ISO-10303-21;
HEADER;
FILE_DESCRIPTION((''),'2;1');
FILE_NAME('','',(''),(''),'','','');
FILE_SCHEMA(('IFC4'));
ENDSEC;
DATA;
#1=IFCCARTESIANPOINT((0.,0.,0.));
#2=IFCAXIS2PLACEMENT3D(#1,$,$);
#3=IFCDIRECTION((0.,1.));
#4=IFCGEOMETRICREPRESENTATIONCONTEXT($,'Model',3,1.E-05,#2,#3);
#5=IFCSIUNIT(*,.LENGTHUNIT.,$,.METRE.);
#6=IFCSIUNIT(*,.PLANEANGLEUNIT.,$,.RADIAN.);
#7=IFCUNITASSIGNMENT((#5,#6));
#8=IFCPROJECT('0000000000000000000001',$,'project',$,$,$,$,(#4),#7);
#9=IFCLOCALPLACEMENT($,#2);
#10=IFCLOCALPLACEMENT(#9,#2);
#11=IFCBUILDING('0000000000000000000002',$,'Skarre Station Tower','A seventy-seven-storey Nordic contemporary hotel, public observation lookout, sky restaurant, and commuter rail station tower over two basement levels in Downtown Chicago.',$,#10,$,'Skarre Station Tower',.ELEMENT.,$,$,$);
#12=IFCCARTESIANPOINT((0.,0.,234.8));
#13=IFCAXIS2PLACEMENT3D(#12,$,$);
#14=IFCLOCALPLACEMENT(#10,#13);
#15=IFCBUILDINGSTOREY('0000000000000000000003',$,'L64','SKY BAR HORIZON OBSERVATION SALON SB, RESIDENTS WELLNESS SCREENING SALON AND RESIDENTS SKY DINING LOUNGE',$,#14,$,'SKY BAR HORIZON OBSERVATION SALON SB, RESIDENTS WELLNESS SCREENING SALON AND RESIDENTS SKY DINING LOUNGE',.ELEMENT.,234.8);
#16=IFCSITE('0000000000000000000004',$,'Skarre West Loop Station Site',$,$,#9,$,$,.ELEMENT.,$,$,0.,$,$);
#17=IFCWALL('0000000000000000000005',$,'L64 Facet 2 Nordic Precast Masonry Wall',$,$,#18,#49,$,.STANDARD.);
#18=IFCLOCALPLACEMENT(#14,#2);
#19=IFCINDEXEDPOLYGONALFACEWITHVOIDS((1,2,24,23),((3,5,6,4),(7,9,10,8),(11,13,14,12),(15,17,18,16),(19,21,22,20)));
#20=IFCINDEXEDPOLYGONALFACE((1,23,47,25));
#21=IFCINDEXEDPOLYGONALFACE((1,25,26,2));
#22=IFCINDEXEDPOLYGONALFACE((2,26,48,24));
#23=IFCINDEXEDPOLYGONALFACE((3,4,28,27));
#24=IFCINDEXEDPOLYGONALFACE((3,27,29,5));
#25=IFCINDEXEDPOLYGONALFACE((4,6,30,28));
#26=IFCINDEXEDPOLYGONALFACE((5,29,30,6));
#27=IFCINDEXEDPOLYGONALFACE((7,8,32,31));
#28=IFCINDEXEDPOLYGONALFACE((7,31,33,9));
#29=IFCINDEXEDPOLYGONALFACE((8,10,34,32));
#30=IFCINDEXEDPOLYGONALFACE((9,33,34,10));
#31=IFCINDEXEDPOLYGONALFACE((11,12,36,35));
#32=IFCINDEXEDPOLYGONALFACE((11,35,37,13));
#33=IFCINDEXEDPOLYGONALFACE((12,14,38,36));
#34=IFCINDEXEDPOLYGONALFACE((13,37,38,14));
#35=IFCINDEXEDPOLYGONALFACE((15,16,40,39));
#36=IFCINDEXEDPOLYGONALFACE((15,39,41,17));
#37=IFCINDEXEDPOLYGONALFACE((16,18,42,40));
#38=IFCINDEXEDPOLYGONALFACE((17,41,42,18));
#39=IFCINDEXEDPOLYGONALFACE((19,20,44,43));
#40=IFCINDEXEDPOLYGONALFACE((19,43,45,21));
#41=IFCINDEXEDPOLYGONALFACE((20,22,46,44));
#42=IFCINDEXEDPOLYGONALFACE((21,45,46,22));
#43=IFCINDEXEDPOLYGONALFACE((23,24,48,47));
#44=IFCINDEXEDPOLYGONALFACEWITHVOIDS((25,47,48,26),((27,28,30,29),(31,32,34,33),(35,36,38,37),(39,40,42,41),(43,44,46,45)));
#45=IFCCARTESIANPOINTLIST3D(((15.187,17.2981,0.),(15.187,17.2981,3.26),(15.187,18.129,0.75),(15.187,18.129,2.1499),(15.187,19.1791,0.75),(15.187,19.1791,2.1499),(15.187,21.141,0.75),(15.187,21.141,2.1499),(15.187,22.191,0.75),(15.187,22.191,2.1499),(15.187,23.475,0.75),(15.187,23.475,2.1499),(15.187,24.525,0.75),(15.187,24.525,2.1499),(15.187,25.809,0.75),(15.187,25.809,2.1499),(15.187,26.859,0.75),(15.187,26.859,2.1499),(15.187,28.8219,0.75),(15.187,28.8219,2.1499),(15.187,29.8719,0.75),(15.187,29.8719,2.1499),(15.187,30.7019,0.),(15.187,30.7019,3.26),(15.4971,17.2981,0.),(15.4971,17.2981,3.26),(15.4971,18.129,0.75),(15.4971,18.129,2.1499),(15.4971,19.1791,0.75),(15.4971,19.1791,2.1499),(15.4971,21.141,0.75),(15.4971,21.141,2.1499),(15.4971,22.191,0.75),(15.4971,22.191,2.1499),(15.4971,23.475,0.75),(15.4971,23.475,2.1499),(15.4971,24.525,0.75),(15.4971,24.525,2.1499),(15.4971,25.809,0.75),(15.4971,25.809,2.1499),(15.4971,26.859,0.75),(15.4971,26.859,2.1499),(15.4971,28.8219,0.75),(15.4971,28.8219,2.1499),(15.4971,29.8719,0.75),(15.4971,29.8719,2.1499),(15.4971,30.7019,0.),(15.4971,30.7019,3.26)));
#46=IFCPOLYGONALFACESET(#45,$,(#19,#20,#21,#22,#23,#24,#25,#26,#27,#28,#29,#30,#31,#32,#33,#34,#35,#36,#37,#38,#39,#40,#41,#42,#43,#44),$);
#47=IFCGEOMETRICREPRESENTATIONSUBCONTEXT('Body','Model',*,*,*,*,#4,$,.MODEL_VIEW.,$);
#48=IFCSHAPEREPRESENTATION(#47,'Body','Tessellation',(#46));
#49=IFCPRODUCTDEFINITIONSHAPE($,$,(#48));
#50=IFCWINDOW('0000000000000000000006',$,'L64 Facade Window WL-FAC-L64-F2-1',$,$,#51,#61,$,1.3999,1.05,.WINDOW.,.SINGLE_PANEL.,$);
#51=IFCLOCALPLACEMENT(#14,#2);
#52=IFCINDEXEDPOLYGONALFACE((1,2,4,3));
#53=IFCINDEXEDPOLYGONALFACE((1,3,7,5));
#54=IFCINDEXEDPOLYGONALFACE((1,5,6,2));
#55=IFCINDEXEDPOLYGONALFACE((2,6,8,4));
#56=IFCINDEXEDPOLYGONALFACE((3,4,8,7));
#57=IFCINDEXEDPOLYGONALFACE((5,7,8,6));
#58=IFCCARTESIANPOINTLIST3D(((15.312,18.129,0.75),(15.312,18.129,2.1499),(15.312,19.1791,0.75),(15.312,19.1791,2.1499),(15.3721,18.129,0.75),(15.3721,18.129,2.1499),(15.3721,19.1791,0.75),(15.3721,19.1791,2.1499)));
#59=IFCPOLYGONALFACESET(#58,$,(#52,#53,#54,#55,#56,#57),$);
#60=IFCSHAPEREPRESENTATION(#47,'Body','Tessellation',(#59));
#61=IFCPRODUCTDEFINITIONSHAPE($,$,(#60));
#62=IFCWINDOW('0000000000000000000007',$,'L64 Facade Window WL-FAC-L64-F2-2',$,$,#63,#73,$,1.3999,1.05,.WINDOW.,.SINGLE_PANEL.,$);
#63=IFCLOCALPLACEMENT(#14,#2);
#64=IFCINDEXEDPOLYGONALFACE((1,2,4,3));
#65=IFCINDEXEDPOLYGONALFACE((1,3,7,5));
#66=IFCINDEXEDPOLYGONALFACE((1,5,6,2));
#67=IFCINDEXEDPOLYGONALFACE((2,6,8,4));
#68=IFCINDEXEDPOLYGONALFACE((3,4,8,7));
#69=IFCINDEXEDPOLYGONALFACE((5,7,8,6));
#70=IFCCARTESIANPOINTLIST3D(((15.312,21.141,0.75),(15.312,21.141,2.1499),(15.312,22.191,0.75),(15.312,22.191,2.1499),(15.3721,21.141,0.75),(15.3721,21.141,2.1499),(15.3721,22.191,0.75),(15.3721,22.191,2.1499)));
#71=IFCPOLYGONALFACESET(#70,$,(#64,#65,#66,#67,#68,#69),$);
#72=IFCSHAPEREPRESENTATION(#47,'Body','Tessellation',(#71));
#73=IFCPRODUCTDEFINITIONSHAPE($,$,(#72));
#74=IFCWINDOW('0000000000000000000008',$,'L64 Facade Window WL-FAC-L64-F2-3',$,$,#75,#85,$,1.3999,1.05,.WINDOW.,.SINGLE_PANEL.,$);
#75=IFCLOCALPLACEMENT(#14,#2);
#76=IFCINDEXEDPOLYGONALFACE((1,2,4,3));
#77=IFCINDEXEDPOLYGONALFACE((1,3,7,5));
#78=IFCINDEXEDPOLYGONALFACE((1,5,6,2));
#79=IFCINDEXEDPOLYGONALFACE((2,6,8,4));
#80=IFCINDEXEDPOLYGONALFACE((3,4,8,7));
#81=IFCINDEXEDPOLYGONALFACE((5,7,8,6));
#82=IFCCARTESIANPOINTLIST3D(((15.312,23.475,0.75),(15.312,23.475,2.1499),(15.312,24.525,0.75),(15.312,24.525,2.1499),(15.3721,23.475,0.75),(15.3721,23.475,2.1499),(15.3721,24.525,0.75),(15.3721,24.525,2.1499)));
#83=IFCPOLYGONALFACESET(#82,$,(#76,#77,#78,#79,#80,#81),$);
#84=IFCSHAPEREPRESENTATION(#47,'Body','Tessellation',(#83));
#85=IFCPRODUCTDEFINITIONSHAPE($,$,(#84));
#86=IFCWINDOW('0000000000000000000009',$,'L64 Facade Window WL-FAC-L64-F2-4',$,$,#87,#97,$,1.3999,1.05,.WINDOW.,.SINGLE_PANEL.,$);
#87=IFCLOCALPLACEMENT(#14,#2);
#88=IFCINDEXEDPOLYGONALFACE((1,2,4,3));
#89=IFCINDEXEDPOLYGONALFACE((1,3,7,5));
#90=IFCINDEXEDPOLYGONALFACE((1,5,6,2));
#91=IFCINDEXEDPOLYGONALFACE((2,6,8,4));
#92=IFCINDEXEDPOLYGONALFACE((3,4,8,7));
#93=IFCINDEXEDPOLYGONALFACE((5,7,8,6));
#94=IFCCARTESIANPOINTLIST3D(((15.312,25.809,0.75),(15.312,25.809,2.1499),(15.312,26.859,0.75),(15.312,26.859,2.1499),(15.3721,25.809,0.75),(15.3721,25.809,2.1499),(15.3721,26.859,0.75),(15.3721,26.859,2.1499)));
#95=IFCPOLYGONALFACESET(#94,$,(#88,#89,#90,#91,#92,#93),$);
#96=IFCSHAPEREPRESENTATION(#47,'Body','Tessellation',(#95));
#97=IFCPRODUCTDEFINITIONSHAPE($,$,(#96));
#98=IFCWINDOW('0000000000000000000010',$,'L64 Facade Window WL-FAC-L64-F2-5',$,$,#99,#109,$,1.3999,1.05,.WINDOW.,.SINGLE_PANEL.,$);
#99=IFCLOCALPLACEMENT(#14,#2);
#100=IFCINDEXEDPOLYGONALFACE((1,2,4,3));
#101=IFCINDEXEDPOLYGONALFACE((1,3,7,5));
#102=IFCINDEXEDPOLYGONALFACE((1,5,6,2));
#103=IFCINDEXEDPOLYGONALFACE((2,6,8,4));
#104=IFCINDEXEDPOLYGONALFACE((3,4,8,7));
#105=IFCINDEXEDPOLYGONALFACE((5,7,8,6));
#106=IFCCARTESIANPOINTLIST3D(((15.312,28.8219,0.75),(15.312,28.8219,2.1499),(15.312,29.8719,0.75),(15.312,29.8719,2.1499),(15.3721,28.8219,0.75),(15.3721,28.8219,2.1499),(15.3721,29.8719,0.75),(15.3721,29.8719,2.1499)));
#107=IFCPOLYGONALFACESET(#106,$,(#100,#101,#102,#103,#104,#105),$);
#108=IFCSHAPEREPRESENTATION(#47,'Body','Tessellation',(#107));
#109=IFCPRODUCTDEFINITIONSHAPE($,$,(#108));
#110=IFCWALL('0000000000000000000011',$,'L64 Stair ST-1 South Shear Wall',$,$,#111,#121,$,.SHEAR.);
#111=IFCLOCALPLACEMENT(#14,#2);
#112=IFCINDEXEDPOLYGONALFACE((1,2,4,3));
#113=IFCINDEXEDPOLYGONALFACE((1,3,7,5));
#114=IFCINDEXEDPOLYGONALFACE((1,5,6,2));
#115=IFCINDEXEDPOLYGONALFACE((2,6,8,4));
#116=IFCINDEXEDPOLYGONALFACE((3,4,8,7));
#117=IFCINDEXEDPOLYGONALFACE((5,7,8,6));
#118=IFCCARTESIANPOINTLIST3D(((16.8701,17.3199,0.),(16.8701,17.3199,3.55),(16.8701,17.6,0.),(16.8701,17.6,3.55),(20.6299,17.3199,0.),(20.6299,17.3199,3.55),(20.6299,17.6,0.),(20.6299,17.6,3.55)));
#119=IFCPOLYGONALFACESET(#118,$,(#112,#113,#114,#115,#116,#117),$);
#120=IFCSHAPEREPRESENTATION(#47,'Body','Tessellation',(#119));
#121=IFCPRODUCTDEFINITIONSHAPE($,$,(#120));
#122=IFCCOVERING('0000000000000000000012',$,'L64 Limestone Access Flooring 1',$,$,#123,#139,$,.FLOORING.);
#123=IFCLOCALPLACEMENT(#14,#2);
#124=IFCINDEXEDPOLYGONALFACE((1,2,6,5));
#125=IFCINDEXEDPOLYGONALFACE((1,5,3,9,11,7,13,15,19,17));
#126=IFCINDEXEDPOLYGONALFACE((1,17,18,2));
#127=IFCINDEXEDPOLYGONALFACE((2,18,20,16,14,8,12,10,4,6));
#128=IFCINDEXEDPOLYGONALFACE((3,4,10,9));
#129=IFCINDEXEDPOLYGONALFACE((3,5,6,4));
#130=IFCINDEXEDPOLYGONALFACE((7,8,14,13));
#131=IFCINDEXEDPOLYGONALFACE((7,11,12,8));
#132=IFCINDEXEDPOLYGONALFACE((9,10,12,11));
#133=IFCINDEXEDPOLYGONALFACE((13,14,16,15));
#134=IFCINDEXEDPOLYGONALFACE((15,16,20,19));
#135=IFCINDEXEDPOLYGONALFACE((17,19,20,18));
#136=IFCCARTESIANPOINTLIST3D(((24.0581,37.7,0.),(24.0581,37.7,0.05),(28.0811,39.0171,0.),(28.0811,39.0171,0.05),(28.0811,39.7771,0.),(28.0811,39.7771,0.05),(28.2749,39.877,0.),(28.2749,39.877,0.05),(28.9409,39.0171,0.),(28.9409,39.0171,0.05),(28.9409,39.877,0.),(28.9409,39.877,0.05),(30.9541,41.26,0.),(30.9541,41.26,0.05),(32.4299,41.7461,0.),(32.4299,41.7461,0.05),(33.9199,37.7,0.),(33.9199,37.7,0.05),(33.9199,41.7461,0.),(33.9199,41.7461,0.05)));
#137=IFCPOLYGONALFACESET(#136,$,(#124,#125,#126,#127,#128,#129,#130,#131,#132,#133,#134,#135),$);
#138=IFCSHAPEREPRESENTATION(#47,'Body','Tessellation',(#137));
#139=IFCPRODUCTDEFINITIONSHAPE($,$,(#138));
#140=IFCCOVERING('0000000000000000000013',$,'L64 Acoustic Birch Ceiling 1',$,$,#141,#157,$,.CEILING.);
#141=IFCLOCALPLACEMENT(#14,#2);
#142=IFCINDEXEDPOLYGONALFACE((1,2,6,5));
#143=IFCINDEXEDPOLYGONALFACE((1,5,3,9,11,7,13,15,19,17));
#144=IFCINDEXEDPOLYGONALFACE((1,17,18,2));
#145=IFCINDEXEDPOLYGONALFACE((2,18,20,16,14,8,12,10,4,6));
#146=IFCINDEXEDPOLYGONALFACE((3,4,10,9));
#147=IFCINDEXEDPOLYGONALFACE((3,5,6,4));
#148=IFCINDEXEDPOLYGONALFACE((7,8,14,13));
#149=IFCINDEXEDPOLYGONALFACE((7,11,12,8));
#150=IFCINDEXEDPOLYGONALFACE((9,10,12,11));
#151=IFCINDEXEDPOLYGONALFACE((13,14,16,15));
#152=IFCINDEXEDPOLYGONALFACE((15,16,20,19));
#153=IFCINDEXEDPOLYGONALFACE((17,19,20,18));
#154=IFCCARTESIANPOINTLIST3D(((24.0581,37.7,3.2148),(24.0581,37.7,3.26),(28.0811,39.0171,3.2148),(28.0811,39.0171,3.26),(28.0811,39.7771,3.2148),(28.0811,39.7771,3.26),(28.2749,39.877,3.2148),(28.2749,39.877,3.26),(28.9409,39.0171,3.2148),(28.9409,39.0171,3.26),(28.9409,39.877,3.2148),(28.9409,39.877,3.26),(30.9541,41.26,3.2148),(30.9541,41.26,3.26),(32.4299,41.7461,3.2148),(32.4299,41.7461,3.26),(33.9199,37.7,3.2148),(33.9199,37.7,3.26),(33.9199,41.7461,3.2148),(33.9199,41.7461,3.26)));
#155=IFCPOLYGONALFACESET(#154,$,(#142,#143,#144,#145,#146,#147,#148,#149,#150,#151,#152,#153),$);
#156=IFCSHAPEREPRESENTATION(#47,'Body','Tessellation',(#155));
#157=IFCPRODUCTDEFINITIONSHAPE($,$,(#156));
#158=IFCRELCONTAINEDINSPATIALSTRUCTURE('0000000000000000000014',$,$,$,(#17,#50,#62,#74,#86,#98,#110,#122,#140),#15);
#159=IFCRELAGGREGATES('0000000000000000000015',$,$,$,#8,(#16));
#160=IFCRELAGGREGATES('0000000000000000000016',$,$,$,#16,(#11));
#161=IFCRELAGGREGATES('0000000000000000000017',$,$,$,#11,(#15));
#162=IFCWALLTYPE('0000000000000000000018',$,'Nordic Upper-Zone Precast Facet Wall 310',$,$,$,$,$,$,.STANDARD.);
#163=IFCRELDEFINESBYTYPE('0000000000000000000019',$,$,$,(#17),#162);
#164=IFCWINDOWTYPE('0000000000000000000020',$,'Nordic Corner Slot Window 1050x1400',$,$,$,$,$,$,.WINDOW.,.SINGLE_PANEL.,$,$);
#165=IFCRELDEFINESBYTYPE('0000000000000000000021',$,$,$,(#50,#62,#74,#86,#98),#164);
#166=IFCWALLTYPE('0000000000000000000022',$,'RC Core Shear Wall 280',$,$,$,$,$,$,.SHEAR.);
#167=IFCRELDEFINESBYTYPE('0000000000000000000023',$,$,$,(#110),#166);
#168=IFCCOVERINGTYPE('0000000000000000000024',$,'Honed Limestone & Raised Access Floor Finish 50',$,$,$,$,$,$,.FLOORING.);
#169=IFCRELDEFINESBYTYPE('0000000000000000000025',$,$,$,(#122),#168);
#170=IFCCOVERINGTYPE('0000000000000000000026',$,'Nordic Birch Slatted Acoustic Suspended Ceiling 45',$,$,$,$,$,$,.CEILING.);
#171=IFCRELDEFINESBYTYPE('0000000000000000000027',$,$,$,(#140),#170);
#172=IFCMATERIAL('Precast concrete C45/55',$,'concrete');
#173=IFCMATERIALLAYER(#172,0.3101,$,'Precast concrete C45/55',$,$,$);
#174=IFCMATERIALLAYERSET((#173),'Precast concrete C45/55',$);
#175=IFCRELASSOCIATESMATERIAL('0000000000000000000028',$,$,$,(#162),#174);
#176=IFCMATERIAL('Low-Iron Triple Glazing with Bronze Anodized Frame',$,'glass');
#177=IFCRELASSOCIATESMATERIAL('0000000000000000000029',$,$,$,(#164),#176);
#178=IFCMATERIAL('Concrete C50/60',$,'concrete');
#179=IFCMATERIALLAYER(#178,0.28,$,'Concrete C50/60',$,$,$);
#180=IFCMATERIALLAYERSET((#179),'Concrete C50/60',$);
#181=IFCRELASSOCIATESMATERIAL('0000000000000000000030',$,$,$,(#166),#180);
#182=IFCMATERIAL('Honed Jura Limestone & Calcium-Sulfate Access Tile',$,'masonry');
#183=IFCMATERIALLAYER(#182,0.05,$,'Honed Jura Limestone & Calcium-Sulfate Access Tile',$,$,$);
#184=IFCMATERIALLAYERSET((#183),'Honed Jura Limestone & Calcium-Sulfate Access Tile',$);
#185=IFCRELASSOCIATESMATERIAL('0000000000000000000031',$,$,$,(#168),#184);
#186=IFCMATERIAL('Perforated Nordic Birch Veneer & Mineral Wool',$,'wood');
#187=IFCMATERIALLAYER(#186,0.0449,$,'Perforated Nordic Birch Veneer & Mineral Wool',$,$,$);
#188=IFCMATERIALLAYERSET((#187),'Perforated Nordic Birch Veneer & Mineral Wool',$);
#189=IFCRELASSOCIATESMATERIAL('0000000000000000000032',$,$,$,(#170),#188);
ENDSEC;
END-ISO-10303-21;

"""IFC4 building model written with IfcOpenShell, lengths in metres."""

from ifc_helpers import new_model, si_unit, direction, frame, frame_2d, origin, place, context, subcontext, project, spatial, polyline, rectangle, outline, extrude, material, layer, layer_set, type_object, element, fill, save


model = new_model("IFC4")

# Units and contexts
model_context = context("Model", 3, precision=1e-05, world=origin(), true_north=direction((0.0, 1.0)))
body_context = subcontext(model_context, "Body", "Model", "MODEL_VIEW")
ifc_project = project(units=[si_unit("LENGTHUNIT", "METRE"), si_unit("PLANEANGLEUNIT", "RADIAN")], contexts=[model_context])

# Site, building, storey
site_placement = place(None, origin())
site = spatial("IfcSite", under=ifc_project, at=site_placement, Name="Skarre West Loop Station Site", CompositionType="ELEMENT", RefElevation=0.0)
building_placement = place(site_placement, origin())
building = spatial("IfcBuilding", under=site, at=building_placement, Name="Skarre Station Tower", Description="A seventy-seven-storey Nordic contemporary hotel, public observation lookout, sky restaurant, and commuter rail station tower over two basement levels in Downtown Chicago.", LongName="Skarre Station Tower", CompositionType="ELEMENT")
storey_placement = place(building_placement, frame((0.0, 0.0, 234.8)))
storey = spatial("IfcBuildingStorey", under=building, at=storey_placement, Name="L64", Description="SKY BAR HORIZON OBSERVATION SALON SB, RESIDENTS WELLNESS SCREENING SALON AND RESIDENTS SKY DINING LOUNGE", LongName="SKY BAR HORIZON OBSERVATION SALON SB, RESIDENTS WELLNESS SCREENING SALON AND RESIDENTS SKY DINING LOUNGE", CompositionType="ELEMENT", Elevation=234.8)

# Shared definitions
ifc_material_1 = material(Name="Concrete C50/60", Category="concrete")

# Shared definitions
ifc_material_2 = material(Name="Precast concrete C45/55", Category="concrete")

# Wall, openings, windows
ifc_layer_1 = layer(ifc_material_2, 0.3101, Name="Precast concrete C45/55")
ifc_layer_set_1 = layer_set([ifc_layer_1], Name="Precast concrete C45/55")
wall_type_1 = type_object("IfcWallType", Name="Nordic Upper-Zone Precast Facet Wall 310", PredefinedType="STANDARD", material=ifc_layer_set_1)
wall_1_placement = place(storey_placement, frame((15.342, 17.2981, 0.0), z_axis=(0.0, 0.0, 1.0), x_axis=(0.0, 1.0, 0.0)))
wall_1 = element("IfcWall", 1, at=wall_1_placement, inside=storey, type_object=wall_type_1, Name="L64 Facet 2 Nordic Precast Masonry Wall", PredefinedType="STANDARD", context=body_context, shape_type="SweptSolid", body=[
    extrude(rectangle(XDim=13.4038, YDim=0.3101, at=frame_2d((6.7019, 0.0))), origin(), (0.0, 0.0, 1.0), 3.26),
])
opening_1_placement = place(wall_1_placement, frame((0.8311, 0.0, 0.75)))
opening_1 = element("IfcOpeningElement", 2, at=opening_1_placement, cuts=wall_1, PredefinedType="OPENING", context=body_context, shape_type="SweptSolid", body=[
    extrude(rectangle(XDim=1.05, YDim=1.3999, at=frame_2d((0.5249, 0.7))), frame((0.0, 0.165, 0.0), z_axis=(0.0, -1.0, 0.0), x_axis=(1.0, 0.0, 0.0)), (0.0, 0.0, 1.0), 0.3301),
])
opening_2_placement = place(wall_1_placement, frame((3.843, 0.0, 0.75)))
opening_2 = element("IfcOpeningElement", 3, at=opening_2_placement, cuts=wall_1, PredefinedType="OPENING", context=body_context, shape_type="SweptSolid", body=[
    extrude(rectangle(XDim=1.05, YDim=1.3999, at=frame_2d((0.5249, 0.7))), frame((0.0, 0.165, 0.0), z_axis=(0.0, -1.0, 0.0), x_axis=(1.0, 0.0, 0.0)), (0.0, 0.0, 1.0), 0.3301),
])
opening_3_placement = place(wall_1_placement, frame((6.177, 0.0, 0.75)))
opening_3 = element("IfcOpeningElement", 4, at=opening_3_placement, cuts=wall_1, PredefinedType="OPENING", context=body_context, shape_type="SweptSolid", body=[
    extrude(rectangle(XDim=1.05, YDim=1.3999, at=frame_2d((0.5249, 0.7))), frame((0.0, 0.165, 0.0), z_axis=(0.0, -1.0, 0.0), x_axis=(1.0, 0.0, 0.0)), (0.0, 0.0, 1.0), 0.3301),
])
opening_4_placement = place(wall_1_placement, frame((8.511, 0.0, 0.75)))
opening_4 = element("IfcOpeningElement", 5, at=opening_4_placement, cuts=wall_1, PredefinedType="OPENING", context=body_context, shape_type="SweptSolid", body=[
    extrude(rectangle(XDim=1.05, YDim=1.3999, at=frame_2d((0.5249, 0.7))), frame((0.0, 0.165, 0.0), z_axis=(0.0, -1.0, 0.0), x_axis=(1.0, 0.0, 0.0)), (0.0, 0.0, 1.0), 0.3301),
])
opening_5_placement = place(wall_1_placement, frame((11.5239, 0.0, 0.75)))
opening_5 = element("IfcOpeningElement", 6, at=opening_5_placement, cuts=wall_1, PredefinedType="OPENING", context=body_context, shape_type="SweptSolid", body=[
    extrude(rectangle(XDim=1.05, YDim=1.3999, at=frame_2d((0.5249, 0.7))), frame((0.0, 0.165, 0.0), z_axis=(0.0, -1.0, 0.0), x_axis=(1.0, 0.0, 0.0)), (0.0, 0.0, 1.0), 0.3301),
])
ifc_material_3 = material(Name="Low-Iron Triple Glazing with Bronze Anodized Frame", Category="glass")
window_type = type_object("IfcWindowType", Name="Nordic Corner Slot Window 1050x1400", PartitioningType="SINGLE_PANEL", PredefinedType="WINDOW", material=ifc_material_3)
window_1_placement = place(opening_1_placement, origin())
window_1 = element("IfcWindow", 7, at=window_1_placement, inside=storey, type_object=window_type, Name="L64 Facade Window WL-FAC-L64-F2-1", OverallHeight=1.3999, OverallWidth=1.05, PartitioningType="SINGLE_PANEL", PredefinedType="WINDOW", context=body_context, shape_type="SweptSolid", body=[
    extrude(rectangle(XDim=1.05, YDim=1.3999, at=frame_2d((0.5249, 0.7))), frame((0.0, 0.03, 0.0), z_axis=(0.0, -1.0, 0.0), x_axis=(1.0, 0.0, 0.0)), (0.0, 0.0, 1.0), 0.0601),
])
fill(opening_1, window_1)
window_2_placement = place(opening_2_placement, origin())
window_2 = element("IfcWindow", 8, at=window_2_placement, inside=storey, type_object=window_type, Name="L64 Facade Window WL-FAC-L64-F2-2", OverallHeight=1.3999, OverallWidth=1.05, PartitioningType="SINGLE_PANEL", PredefinedType="WINDOW", context=body_context, shape_type="SweptSolid", body=[
    extrude(rectangle(XDim=1.05, YDim=1.3999, at=frame_2d((0.5249, 0.7))), frame((0.0, 0.03, 0.0), z_axis=(0.0, -1.0, 0.0), x_axis=(1.0, 0.0, 0.0)), (0.0, 0.0, 1.0), 0.0601),
])
fill(opening_2, window_2)
window_3_placement = place(opening_3_placement, origin())
window_3 = element("IfcWindow", 9, at=window_3_placement, inside=storey, type_object=window_type, Name="L64 Facade Window WL-FAC-L64-F2-3", OverallHeight=1.3999, OverallWidth=1.05, PartitioningType="SINGLE_PANEL", PredefinedType="WINDOW", context=body_context, shape_type="SweptSolid", body=[
    extrude(rectangle(XDim=1.05, YDim=1.3999, at=frame_2d((0.5249, 0.7))), frame((0.0, 0.03, 0.0), z_axis=(0.0, -1.0, 0.0), x_axis=(1.0, 0.0, 0.0)), (0.0, 0.0, 1.0), 0.0601),
])
fill(opening_3, window_3)
window_4_placement = place(opening_4_placement, origin())
window_4 = element("IfcWindow", 10, at=window_4_placement, inside=storey, type_object=window_type, Name="L64 Facade Window WL-FAC-L64-F2-4", OverallHeight=1.3999, OverallWidth=1.05, PartitioningType="SINGLE_PANEL", PredefinedType="WINDOW", context=body_context, shape_type="SweptSolid", body=[
    extrude(rectangle(XDim=1.05, YDim=1.3999, at=frame_2d((0.5249, 0.7))), frame((0.0, 0.03, 0.0), z_axis=(0.0, -1.0, 0.0), x_axis=(1.0, 0.0, 0.0)), (0.0, 0.0, 1.0), 0.0601),
])
fill(opening_4, window_4)
window_5_placement = place(opening_5_placement, origin())
window_5 = element("IfcWindow", 11, at=window_5_placement, inside=storey, type_object=window_type, Name="L64 Facade Window WL-FAC-L64-F2-5", OverallHeight=1.3999, OverallWidth=1.05, PartitioningType="SINGLE_PANEL", PredefinedType="WINDOW", context=body_context, shape_type="SweptSolid", body=[
    extrude(rectangle(XDim=1.05, YDim=1.3999, at=frame_2d((0.5249, 0.7))), frame((0.0, 0.03, 0.0), z_axis=(0.0, -1.0, 0.0), x_axis=(1.0, 0.0, 0.0)), (0.0, 0.0, 1.0), 0.0601),
])
fill(opening_5, window_5)

# Wall
ifc_layer_2 = layer(ifc_material_1, 0.28, Name="Concrete C50/60")
ifc_layer_set_2 = layer_set([ifc_layer_2], Name="Concrete C50/60")
wall_type_2 = type_object("IfcWallType", Name="RC Core Shear Wall 280", PredefinedType="SHEAR", material=ifc_layer_set_2)
wall_2_placement = place(storey_placement, frame((16.8701, 17.46, 0.0), z_axis=(0.0, 0.0, 1.0), x_axis=(1.0, 0.0, 0.0)))
element("IfcWall", 12, at=wall_2_placement, inside=storey, type_object=wall_type_2, Name="L64 Stair ST-1 South Shear Wall", PredefinedType="SHEAR", context=body_context, shape_type="SweptSolid", body=[
    extrude(rectangle(XDim=3.7598, YDim=0.28, at=frame_2d((1.8799, 0.0))), origin(), (0.0, 0.0, 1.0), 3.55),
])

# Coverings
ifc_material_4 = material(Name="Honed Jura Limestone & Calcium-Sulfate Access Tile", Category="masonry")
ifc_layer_3 = layer(ifc_material_4, 0.05, Name="Honed Jura Limestone & Calcium-Sulfate Access Tile")
ifc_layer_set_3 = layer_set([ifc_layer_3], Name="Honed Jura Limestone & Calcium-Sulfate Access Tile")
covering_type_1 = type_object("IfcCoveringType", Name="Honed Limestone & Raised Access Floor Finish 50", PredefinedType="FLOORING", material=ifc_layer_set_3)
covering_1_placement = place(storey_placement, origin())
element("IfcCovering", 13, at=covering_1_placement, inside=storey, type_object=covering_type_1, Name="L64 Limestone Access Flooring 1", PredefinedType="FLOORING", context=body_context, shape_type="SweptSolid", body=[
    extrude(outline(polyline([(33.9199, 41.7461), (32.4299, 41.7461), (30.9541, 41.26), (28.2749, 39.877), (28.9409, 39.877), (28.9409, 39.0171), (28.0811, 39.0171), (28.0811, 39.7771), (24.0581, 37.7), (33.9199, 37.7), (33.9199, 41.7461)])), origin(), (0.0, 0.0, 1.0), 0.05),
])
ifc_material_5 = material(Name="Perforated Nordic Birch Veneer & Mineral Wool", Category="wood")
ifc_layer_4 = layer(ifc_material_5, 0.0449, Name="Perforated Nordic Birch Veneer & Mineral Wool")
ifc_layer_set_4 = layer_set([ifc_layer_4], Name="Perforated Nordic Birch Veneer & Mineral Wool")
covering_type_2 = type_object("IfcCoveringType", Name="Nordic Birch Slatted Acoustic Suspended Ceiling 45", PredefinedType="CEILING", material=ifc_layer_set_4)
covering_2_placement = place(storey_placement, frame((0.0, 0.0, 3.2148)))
element("IfcCovering", 14, at=covering_2_placement, inside=storey, type_object=covering_type_2, Name="L64 Acoustic Birch Ceiling 1", PredefinedType="CEILING", context=body_context, shape_type="SweptSolid", body=[
    extrude(outline(polyline([(33.9199, 41.7461), (32.4299, 41.7461), (30.9541, 41.26), (28.2749, 39.877), (28.9409, 39.877), (28.9409, 39.0171), (28.0811, 39.0171), (28.0811, 39.7771), (24.0581, 37.7), (33.9199, 37.7), (33.9199, 41.7461)])), origin(), (0.0, 0.0, 1.0), 0.0452),
])

save(model, "model.ifc")
